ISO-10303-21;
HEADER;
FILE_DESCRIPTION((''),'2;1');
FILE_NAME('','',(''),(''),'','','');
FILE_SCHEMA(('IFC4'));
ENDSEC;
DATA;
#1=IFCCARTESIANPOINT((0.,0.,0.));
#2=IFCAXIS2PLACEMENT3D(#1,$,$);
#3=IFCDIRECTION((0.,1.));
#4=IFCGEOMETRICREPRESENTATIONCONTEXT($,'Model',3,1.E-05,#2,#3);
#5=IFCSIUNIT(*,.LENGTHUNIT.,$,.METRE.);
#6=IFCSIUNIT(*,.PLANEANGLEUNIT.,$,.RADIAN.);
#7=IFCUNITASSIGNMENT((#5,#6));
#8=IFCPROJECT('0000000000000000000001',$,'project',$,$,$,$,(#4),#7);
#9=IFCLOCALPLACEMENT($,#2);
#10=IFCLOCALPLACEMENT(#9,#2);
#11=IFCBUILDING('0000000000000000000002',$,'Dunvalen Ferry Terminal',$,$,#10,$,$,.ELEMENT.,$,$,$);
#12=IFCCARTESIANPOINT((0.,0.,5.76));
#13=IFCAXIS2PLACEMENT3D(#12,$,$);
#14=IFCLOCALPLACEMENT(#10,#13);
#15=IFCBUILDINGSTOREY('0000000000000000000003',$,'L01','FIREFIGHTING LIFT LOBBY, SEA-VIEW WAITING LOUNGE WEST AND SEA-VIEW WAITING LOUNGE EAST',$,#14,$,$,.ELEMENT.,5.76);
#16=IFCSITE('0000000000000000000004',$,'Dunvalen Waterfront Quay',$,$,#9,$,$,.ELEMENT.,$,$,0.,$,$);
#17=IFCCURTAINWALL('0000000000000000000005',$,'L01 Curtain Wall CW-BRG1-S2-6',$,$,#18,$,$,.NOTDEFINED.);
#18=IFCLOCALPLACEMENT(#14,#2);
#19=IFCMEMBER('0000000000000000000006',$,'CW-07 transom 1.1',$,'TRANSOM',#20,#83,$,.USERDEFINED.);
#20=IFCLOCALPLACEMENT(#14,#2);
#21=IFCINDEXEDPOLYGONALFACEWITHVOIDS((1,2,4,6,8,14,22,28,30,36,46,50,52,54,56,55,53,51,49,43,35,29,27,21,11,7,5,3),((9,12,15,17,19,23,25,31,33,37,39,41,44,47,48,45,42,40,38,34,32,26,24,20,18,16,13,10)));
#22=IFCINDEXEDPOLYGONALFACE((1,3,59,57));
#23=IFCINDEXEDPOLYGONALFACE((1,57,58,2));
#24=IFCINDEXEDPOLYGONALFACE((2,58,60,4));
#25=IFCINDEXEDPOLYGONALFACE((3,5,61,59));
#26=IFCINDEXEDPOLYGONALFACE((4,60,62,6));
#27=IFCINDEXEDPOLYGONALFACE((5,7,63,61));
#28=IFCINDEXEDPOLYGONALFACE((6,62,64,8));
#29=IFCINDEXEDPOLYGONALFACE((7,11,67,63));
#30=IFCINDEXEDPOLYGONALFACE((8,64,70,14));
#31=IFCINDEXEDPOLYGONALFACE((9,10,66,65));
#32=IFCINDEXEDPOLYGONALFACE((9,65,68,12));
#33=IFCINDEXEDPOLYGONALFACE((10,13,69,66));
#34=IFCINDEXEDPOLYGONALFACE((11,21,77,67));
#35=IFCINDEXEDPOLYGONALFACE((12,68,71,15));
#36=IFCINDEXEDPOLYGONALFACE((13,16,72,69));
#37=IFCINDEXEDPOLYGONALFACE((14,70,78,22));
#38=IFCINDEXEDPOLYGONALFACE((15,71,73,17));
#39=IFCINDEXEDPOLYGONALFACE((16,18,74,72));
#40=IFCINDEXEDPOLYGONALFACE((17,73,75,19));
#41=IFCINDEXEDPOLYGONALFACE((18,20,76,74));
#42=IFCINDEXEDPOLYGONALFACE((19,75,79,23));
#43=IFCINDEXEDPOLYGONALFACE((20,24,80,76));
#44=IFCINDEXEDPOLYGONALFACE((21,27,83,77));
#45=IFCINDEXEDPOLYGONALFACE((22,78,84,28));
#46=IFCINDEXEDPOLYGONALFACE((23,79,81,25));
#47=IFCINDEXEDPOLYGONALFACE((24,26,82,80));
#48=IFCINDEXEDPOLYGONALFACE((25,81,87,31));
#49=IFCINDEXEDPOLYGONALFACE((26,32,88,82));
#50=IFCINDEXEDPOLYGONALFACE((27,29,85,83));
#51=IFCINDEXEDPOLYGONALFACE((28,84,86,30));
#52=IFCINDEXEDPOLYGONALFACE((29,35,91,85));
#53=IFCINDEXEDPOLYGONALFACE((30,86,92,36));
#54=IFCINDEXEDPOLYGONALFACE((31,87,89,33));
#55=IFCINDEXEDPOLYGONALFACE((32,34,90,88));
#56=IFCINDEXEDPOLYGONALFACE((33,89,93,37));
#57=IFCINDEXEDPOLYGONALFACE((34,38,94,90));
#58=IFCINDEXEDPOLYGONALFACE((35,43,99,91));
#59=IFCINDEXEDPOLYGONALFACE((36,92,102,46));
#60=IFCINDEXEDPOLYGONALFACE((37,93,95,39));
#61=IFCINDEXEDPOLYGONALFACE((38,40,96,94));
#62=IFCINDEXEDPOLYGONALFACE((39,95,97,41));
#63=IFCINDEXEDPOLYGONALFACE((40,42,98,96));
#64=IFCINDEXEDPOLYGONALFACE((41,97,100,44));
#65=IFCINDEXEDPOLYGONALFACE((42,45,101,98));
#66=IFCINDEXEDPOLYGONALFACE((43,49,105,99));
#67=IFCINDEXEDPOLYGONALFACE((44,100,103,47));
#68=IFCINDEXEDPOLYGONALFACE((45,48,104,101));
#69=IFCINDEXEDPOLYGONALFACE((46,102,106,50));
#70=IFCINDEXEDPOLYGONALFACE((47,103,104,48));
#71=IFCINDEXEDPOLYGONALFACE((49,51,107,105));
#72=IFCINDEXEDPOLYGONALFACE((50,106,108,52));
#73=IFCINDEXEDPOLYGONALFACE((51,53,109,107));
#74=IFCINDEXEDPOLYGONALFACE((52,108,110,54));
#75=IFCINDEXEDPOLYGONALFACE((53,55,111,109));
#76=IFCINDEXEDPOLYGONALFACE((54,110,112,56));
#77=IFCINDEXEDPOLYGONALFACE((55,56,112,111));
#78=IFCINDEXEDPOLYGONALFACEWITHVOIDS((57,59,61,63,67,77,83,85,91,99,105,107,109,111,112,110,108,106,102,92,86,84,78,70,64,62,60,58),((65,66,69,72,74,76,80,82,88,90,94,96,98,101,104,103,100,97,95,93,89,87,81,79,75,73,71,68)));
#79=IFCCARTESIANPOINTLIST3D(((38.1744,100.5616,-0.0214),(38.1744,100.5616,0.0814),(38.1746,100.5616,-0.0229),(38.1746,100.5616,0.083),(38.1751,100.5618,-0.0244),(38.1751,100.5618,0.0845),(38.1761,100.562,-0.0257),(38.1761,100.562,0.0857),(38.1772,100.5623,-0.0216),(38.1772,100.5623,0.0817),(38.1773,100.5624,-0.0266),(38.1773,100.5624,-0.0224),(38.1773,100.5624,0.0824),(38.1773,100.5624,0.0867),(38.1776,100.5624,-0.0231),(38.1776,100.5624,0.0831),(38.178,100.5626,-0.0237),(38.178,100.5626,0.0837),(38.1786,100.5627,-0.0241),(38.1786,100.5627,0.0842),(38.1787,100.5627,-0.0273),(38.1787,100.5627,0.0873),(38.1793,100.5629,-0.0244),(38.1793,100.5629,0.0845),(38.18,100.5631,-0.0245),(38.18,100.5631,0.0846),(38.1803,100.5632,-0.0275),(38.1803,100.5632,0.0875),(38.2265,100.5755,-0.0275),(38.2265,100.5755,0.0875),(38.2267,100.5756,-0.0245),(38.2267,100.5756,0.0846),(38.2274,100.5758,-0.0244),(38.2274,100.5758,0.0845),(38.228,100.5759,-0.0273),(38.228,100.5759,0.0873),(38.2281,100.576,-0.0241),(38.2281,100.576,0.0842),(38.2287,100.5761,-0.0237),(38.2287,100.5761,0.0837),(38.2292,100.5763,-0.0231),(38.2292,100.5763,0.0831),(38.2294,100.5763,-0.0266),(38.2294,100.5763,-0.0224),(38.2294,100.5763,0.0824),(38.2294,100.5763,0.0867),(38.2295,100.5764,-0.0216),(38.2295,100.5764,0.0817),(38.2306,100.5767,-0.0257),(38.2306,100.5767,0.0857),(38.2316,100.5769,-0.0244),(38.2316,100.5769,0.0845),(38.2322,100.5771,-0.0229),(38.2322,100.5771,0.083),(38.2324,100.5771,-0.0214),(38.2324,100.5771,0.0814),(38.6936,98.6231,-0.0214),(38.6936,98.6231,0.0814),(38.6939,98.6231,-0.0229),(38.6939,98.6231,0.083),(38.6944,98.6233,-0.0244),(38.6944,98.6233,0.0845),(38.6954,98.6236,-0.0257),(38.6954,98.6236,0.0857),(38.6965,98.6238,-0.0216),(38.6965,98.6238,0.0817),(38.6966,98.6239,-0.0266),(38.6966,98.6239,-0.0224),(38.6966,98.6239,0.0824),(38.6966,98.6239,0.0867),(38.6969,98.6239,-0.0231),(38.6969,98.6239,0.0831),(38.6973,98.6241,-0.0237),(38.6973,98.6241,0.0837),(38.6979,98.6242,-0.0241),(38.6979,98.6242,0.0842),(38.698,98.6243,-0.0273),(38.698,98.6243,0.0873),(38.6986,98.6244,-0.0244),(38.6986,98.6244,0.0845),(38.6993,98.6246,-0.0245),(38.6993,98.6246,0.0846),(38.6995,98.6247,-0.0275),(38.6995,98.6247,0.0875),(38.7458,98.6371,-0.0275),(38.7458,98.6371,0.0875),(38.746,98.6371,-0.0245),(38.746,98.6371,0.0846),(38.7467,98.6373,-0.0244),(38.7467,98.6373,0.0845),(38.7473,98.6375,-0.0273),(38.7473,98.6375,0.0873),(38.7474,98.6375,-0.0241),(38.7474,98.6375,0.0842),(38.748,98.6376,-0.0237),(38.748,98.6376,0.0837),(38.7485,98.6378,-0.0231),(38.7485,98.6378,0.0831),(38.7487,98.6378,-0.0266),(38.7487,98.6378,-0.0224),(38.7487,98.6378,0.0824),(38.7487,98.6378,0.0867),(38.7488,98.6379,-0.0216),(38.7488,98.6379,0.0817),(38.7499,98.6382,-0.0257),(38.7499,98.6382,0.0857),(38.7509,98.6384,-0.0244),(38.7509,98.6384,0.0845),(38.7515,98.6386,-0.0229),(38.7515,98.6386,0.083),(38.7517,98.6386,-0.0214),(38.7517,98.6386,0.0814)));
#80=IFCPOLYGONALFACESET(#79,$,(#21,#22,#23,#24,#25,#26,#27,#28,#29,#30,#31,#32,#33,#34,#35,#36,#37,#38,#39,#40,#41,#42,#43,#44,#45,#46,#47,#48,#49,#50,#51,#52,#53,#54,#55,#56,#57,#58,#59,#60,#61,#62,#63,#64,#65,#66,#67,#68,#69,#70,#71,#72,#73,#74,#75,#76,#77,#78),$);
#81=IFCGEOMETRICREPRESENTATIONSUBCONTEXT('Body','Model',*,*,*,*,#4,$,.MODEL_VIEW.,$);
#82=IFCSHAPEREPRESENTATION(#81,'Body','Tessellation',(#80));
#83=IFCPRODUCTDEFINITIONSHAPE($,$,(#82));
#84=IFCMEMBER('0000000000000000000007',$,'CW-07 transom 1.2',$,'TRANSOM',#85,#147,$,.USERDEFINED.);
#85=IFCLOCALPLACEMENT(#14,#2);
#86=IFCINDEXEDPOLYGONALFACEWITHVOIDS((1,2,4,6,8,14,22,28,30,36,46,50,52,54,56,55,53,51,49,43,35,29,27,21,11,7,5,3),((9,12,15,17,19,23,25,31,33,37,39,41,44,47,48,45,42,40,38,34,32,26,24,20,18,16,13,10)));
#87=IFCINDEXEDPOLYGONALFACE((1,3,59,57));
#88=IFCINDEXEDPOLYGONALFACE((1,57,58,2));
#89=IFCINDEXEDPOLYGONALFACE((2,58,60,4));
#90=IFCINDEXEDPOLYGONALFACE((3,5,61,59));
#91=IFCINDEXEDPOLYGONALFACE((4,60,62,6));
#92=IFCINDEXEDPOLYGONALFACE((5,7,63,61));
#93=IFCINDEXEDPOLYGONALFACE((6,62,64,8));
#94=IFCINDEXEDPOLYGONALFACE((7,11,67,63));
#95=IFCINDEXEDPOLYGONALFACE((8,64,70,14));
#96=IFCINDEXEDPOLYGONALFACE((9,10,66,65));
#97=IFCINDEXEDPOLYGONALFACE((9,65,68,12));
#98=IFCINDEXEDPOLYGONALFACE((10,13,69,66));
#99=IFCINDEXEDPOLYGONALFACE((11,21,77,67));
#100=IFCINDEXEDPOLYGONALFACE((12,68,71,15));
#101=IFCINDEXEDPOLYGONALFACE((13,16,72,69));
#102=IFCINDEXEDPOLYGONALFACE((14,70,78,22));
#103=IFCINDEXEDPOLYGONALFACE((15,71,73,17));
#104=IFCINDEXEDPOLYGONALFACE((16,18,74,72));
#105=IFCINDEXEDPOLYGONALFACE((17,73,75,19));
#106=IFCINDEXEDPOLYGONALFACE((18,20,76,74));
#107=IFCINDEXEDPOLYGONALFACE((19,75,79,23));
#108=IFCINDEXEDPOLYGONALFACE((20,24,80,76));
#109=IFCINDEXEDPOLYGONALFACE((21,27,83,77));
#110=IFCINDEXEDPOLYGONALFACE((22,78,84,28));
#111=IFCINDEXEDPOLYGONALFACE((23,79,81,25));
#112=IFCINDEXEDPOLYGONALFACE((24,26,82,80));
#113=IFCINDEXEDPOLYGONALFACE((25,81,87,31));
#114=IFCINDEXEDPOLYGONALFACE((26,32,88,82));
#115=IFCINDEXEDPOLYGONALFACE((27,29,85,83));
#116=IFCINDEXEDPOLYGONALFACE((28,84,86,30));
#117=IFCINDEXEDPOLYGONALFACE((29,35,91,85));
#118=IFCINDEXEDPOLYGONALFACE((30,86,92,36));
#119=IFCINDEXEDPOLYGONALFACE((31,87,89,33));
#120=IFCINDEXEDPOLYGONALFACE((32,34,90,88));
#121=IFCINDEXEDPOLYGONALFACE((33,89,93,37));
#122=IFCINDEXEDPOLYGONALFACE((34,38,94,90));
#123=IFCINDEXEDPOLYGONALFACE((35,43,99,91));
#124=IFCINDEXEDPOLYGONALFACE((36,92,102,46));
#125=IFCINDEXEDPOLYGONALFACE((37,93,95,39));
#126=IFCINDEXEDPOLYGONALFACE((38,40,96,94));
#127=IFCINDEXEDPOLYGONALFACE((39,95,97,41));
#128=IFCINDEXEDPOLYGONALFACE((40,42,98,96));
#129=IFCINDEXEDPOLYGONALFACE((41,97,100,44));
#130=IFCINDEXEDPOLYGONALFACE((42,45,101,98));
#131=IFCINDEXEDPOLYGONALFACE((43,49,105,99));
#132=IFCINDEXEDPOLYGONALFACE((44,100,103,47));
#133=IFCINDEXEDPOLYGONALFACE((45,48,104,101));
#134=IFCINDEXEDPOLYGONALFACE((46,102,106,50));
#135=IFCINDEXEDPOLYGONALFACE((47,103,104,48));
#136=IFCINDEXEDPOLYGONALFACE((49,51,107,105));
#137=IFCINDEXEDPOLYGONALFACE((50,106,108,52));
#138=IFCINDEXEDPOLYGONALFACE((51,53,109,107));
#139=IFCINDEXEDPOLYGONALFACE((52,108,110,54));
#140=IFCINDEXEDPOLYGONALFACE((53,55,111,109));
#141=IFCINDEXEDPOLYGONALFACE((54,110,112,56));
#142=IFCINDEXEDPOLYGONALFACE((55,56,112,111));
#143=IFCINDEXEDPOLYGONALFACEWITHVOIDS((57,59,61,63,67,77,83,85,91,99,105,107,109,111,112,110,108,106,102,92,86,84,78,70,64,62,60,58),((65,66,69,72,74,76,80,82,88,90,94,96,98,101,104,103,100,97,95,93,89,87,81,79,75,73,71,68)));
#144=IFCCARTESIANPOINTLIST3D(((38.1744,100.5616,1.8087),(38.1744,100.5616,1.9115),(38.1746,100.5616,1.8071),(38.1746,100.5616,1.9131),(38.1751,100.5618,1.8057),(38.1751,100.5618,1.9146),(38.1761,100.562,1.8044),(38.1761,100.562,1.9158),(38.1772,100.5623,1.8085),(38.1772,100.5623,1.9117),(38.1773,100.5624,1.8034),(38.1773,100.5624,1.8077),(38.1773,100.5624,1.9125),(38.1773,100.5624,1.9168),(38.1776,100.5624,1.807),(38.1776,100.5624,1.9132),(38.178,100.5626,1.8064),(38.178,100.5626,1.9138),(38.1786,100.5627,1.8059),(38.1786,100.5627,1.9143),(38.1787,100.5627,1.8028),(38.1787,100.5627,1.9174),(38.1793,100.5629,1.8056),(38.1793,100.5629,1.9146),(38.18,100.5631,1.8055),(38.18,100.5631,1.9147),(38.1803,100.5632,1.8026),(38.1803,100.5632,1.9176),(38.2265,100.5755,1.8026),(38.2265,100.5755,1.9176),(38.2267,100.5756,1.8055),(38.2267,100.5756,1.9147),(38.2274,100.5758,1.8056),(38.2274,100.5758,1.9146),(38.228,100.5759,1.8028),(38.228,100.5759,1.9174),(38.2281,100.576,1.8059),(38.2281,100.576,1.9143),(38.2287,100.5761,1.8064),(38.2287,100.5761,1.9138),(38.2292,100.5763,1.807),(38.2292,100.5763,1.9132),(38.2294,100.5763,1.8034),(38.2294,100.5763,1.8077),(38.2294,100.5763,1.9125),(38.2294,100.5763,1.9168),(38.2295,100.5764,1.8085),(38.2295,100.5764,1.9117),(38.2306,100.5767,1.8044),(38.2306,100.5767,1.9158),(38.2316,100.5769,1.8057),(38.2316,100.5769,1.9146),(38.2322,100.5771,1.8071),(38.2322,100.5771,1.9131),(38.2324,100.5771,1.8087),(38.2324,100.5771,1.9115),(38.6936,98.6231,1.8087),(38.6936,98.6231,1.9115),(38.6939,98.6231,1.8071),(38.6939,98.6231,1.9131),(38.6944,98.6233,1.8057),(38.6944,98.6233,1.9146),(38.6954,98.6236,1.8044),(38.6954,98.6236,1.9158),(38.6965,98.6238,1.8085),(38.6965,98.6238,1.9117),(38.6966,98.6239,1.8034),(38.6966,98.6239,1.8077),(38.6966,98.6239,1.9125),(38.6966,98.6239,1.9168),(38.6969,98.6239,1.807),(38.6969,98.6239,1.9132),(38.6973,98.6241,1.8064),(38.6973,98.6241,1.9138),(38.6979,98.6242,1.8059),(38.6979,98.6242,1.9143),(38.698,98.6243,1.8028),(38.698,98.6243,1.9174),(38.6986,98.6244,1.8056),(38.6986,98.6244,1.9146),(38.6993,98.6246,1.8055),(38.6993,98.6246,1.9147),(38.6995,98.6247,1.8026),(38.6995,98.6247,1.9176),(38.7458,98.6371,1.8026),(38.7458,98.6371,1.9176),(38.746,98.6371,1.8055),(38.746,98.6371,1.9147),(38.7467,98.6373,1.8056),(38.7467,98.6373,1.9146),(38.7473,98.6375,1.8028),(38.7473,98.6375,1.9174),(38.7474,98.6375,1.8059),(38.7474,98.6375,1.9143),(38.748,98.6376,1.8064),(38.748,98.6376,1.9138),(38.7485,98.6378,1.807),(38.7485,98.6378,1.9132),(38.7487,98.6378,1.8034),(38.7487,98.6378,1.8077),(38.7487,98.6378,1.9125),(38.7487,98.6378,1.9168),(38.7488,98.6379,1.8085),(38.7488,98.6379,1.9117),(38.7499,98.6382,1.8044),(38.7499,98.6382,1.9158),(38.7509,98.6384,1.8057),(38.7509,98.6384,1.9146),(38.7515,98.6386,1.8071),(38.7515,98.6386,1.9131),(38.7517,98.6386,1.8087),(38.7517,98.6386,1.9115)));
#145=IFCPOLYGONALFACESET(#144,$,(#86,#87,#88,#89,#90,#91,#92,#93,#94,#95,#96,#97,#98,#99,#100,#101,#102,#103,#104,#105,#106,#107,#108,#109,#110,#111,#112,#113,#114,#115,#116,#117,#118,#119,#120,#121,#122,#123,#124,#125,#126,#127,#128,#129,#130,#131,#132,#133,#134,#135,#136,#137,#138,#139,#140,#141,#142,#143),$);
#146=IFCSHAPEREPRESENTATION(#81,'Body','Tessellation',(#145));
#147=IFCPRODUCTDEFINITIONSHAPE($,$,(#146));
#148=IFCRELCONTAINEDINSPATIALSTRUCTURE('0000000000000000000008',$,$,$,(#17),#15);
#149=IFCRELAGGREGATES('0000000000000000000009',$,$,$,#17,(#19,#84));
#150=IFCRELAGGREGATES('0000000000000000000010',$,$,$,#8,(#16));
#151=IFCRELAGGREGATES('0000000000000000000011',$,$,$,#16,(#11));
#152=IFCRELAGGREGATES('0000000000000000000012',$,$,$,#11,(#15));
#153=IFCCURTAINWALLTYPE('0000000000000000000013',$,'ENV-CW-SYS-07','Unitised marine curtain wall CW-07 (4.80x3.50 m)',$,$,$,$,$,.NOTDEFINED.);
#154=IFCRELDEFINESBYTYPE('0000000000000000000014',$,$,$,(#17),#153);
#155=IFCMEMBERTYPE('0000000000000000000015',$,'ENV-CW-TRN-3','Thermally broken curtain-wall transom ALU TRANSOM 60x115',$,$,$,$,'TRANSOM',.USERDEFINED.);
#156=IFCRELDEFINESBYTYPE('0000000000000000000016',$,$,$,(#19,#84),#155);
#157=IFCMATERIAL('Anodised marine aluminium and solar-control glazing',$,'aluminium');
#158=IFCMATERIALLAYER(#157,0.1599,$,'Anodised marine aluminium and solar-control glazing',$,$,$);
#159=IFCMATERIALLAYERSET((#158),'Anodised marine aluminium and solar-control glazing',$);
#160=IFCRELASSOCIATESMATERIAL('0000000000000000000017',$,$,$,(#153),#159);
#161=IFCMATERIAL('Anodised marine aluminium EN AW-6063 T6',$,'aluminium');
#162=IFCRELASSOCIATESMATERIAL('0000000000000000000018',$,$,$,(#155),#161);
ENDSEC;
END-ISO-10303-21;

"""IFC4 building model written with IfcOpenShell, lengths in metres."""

from ifc_helpers import new_model, si_unit, direction, frame, origin, origin_2d, place, context, subcontext, project, spatial, hollow_rectangle, extrude, material, layer, layer_set, material_profile, profile_set, type_object, element, aggregate, save


model = new_model("IFC4")

# Units and contexts
model_context = context("Model", 3, precision=1e-05, world=origin(), true_north=direction((0.0, 1.0)))
body_context = subcontext(model_context, "Body", "Model", "MODEL_VIEW")
ifc_project = project(units=[si_unit("LENGTHUNIT", "METRE"), si_unit("PLANEANGLEUNIT", "RADIAN")], contexts=[model_context])

# Site, building, storey
site_placement = place(None, origin())
site = spatial("IfcSite", under=ifc_project, at=site_placement, Name="Dunvalen Waterfront Quay", CompositionType="ELEMENT", RefElevation=0.0)
building_placement = place(site_placement, origin())
building = spatial("IfcBuilding", under=site, at=building_placement, Name="Dunvalen Ferry Terminal", CompositionType="ELEMENT")
storey_placement = place(building_placement, frame((0.0, 0.0, 5.76)))
storey = spatial("IfcBuildingStorey", under=building, at=storey_placement, Name="L01", Description="FIREFIGHTING LIFT LOBBY, SEA-VIEW WAITING LOUNGE WEST AND SEA-VIEW WAITING LOUNGE EAST", CompositionType="ELEMENT", Elevation=5.76)

# Shared definitions
ifc_material_1 = material(Name="Anodised marine aluminium and solar-control glazing", Category="aluminium")
ifc_layer_1 = layer(ifc_material_1, 0.1599, Name="Anodised marine aluminium and solar-control glazing")
ifc_layer_set_1 = layer_set([ifc_layer_1], Name="Anodised marine aluminium and solar-control glazing")
curtain_wall_type_1 = type_object("IfcCurtainWallType", Name="ENV-CW-SYS-07", Description="Unitised marine curtain wall CW-07 (4.80x3.50 m)", PredefinedType="NOTDEFINED", material=ifc_layer_set_1)
ifc_material_2 = material(Name="Anodised marine aluminium EN AW-6063 T6", Category="aluminium")

# Curtain wall
curtain_wall_1_placement = place(storey_placement, origin())
curtain_wall_1 = element("IfcCurtainWall", 1, at=curtain_wall_1_placement, inside=storey, type_object=curtain_wall_type_1, Name="L01 Curtain Wall CW-BRG1-S2-6", PredefinedType="NOTDEFINED")

# Members
ifc_material_profile_1 = material_profile(ifc_material_2, hollow_rectangle(XDim=0.0601, YDim=0.115, WallThickness=0.0029, InnerFilletRadius=0.0029, OuterFilletRadius=0.0061, at=origin_2d()), Name="Anodised marine aluminium EN AW-6063 T6")
ifc_profile_set_1 = profile_set([ifc_material_profile_1], Name="Anodised marine aluminium EN AW-6063 T6")
member_type_1 = type_object("IfcMemberType", Name="ENV-CW-TRN-3", Description="Thermally broken curtain-wall transom ALU TRANSOM 60x115", ElementType="TRANSOM", PredefinedType="USERDEFINED", material=ifc_profile_set_1)
member_1_placement = place(storey_placement, frame((38.7227, 98.6309, 0.03), z_axis=(-0.25876, 0.965942, 0.0), x_axis=(-0.965942, -0.25876, 0.0)))
member_1 = element("IfcMember", 2, at=member_1_placement, type_object=member_type_1, Name="CW-07 transom 1.1", ObjectType="TRANSOM", PredefinedType="USERDEFINED", context=body_context, shape_type="SweptSolid", body=[
    extrude(hollow_rectangle(XDim=0.0601, YDim=0.115, WallThickness=0.0029, InnerFilletRadius=0.0029, OuterFilletRadius=0.0061, at=origin_2d()), origin(), (0.0, 0.0, 1.0), 2.0068),
])
member_2_placement = place(storey_placement, frame((38.7227, 98.6309, 1.8601), z_axis=(-0.25876, 0.965942, 0.0), x_axis=(-0.965942, -0.25876, 0.0)))
member_2 = element("IfcMember", 3, at=member_2_placement, type_object=member_type_1, Name="CW-07 transom 1.2", ObjectType="TRANSOM", PredefinedType="USERDEFINED", context=body_context, shape_type="SweptSolid", body=[
    extrude(hollow_rectangle(XDim=0.0601, YDim=0.115, WallThickness=0.0029, InnerFilletRadius=0.0029, OuterFilletRadius=0.0061, at=origin_2d()), origin(), (0.0, 0.0, 1.0), 2.0068),
])

aggregate(curtain_wall_1, [member_1, member_2])

save(model, "model.ifc")
